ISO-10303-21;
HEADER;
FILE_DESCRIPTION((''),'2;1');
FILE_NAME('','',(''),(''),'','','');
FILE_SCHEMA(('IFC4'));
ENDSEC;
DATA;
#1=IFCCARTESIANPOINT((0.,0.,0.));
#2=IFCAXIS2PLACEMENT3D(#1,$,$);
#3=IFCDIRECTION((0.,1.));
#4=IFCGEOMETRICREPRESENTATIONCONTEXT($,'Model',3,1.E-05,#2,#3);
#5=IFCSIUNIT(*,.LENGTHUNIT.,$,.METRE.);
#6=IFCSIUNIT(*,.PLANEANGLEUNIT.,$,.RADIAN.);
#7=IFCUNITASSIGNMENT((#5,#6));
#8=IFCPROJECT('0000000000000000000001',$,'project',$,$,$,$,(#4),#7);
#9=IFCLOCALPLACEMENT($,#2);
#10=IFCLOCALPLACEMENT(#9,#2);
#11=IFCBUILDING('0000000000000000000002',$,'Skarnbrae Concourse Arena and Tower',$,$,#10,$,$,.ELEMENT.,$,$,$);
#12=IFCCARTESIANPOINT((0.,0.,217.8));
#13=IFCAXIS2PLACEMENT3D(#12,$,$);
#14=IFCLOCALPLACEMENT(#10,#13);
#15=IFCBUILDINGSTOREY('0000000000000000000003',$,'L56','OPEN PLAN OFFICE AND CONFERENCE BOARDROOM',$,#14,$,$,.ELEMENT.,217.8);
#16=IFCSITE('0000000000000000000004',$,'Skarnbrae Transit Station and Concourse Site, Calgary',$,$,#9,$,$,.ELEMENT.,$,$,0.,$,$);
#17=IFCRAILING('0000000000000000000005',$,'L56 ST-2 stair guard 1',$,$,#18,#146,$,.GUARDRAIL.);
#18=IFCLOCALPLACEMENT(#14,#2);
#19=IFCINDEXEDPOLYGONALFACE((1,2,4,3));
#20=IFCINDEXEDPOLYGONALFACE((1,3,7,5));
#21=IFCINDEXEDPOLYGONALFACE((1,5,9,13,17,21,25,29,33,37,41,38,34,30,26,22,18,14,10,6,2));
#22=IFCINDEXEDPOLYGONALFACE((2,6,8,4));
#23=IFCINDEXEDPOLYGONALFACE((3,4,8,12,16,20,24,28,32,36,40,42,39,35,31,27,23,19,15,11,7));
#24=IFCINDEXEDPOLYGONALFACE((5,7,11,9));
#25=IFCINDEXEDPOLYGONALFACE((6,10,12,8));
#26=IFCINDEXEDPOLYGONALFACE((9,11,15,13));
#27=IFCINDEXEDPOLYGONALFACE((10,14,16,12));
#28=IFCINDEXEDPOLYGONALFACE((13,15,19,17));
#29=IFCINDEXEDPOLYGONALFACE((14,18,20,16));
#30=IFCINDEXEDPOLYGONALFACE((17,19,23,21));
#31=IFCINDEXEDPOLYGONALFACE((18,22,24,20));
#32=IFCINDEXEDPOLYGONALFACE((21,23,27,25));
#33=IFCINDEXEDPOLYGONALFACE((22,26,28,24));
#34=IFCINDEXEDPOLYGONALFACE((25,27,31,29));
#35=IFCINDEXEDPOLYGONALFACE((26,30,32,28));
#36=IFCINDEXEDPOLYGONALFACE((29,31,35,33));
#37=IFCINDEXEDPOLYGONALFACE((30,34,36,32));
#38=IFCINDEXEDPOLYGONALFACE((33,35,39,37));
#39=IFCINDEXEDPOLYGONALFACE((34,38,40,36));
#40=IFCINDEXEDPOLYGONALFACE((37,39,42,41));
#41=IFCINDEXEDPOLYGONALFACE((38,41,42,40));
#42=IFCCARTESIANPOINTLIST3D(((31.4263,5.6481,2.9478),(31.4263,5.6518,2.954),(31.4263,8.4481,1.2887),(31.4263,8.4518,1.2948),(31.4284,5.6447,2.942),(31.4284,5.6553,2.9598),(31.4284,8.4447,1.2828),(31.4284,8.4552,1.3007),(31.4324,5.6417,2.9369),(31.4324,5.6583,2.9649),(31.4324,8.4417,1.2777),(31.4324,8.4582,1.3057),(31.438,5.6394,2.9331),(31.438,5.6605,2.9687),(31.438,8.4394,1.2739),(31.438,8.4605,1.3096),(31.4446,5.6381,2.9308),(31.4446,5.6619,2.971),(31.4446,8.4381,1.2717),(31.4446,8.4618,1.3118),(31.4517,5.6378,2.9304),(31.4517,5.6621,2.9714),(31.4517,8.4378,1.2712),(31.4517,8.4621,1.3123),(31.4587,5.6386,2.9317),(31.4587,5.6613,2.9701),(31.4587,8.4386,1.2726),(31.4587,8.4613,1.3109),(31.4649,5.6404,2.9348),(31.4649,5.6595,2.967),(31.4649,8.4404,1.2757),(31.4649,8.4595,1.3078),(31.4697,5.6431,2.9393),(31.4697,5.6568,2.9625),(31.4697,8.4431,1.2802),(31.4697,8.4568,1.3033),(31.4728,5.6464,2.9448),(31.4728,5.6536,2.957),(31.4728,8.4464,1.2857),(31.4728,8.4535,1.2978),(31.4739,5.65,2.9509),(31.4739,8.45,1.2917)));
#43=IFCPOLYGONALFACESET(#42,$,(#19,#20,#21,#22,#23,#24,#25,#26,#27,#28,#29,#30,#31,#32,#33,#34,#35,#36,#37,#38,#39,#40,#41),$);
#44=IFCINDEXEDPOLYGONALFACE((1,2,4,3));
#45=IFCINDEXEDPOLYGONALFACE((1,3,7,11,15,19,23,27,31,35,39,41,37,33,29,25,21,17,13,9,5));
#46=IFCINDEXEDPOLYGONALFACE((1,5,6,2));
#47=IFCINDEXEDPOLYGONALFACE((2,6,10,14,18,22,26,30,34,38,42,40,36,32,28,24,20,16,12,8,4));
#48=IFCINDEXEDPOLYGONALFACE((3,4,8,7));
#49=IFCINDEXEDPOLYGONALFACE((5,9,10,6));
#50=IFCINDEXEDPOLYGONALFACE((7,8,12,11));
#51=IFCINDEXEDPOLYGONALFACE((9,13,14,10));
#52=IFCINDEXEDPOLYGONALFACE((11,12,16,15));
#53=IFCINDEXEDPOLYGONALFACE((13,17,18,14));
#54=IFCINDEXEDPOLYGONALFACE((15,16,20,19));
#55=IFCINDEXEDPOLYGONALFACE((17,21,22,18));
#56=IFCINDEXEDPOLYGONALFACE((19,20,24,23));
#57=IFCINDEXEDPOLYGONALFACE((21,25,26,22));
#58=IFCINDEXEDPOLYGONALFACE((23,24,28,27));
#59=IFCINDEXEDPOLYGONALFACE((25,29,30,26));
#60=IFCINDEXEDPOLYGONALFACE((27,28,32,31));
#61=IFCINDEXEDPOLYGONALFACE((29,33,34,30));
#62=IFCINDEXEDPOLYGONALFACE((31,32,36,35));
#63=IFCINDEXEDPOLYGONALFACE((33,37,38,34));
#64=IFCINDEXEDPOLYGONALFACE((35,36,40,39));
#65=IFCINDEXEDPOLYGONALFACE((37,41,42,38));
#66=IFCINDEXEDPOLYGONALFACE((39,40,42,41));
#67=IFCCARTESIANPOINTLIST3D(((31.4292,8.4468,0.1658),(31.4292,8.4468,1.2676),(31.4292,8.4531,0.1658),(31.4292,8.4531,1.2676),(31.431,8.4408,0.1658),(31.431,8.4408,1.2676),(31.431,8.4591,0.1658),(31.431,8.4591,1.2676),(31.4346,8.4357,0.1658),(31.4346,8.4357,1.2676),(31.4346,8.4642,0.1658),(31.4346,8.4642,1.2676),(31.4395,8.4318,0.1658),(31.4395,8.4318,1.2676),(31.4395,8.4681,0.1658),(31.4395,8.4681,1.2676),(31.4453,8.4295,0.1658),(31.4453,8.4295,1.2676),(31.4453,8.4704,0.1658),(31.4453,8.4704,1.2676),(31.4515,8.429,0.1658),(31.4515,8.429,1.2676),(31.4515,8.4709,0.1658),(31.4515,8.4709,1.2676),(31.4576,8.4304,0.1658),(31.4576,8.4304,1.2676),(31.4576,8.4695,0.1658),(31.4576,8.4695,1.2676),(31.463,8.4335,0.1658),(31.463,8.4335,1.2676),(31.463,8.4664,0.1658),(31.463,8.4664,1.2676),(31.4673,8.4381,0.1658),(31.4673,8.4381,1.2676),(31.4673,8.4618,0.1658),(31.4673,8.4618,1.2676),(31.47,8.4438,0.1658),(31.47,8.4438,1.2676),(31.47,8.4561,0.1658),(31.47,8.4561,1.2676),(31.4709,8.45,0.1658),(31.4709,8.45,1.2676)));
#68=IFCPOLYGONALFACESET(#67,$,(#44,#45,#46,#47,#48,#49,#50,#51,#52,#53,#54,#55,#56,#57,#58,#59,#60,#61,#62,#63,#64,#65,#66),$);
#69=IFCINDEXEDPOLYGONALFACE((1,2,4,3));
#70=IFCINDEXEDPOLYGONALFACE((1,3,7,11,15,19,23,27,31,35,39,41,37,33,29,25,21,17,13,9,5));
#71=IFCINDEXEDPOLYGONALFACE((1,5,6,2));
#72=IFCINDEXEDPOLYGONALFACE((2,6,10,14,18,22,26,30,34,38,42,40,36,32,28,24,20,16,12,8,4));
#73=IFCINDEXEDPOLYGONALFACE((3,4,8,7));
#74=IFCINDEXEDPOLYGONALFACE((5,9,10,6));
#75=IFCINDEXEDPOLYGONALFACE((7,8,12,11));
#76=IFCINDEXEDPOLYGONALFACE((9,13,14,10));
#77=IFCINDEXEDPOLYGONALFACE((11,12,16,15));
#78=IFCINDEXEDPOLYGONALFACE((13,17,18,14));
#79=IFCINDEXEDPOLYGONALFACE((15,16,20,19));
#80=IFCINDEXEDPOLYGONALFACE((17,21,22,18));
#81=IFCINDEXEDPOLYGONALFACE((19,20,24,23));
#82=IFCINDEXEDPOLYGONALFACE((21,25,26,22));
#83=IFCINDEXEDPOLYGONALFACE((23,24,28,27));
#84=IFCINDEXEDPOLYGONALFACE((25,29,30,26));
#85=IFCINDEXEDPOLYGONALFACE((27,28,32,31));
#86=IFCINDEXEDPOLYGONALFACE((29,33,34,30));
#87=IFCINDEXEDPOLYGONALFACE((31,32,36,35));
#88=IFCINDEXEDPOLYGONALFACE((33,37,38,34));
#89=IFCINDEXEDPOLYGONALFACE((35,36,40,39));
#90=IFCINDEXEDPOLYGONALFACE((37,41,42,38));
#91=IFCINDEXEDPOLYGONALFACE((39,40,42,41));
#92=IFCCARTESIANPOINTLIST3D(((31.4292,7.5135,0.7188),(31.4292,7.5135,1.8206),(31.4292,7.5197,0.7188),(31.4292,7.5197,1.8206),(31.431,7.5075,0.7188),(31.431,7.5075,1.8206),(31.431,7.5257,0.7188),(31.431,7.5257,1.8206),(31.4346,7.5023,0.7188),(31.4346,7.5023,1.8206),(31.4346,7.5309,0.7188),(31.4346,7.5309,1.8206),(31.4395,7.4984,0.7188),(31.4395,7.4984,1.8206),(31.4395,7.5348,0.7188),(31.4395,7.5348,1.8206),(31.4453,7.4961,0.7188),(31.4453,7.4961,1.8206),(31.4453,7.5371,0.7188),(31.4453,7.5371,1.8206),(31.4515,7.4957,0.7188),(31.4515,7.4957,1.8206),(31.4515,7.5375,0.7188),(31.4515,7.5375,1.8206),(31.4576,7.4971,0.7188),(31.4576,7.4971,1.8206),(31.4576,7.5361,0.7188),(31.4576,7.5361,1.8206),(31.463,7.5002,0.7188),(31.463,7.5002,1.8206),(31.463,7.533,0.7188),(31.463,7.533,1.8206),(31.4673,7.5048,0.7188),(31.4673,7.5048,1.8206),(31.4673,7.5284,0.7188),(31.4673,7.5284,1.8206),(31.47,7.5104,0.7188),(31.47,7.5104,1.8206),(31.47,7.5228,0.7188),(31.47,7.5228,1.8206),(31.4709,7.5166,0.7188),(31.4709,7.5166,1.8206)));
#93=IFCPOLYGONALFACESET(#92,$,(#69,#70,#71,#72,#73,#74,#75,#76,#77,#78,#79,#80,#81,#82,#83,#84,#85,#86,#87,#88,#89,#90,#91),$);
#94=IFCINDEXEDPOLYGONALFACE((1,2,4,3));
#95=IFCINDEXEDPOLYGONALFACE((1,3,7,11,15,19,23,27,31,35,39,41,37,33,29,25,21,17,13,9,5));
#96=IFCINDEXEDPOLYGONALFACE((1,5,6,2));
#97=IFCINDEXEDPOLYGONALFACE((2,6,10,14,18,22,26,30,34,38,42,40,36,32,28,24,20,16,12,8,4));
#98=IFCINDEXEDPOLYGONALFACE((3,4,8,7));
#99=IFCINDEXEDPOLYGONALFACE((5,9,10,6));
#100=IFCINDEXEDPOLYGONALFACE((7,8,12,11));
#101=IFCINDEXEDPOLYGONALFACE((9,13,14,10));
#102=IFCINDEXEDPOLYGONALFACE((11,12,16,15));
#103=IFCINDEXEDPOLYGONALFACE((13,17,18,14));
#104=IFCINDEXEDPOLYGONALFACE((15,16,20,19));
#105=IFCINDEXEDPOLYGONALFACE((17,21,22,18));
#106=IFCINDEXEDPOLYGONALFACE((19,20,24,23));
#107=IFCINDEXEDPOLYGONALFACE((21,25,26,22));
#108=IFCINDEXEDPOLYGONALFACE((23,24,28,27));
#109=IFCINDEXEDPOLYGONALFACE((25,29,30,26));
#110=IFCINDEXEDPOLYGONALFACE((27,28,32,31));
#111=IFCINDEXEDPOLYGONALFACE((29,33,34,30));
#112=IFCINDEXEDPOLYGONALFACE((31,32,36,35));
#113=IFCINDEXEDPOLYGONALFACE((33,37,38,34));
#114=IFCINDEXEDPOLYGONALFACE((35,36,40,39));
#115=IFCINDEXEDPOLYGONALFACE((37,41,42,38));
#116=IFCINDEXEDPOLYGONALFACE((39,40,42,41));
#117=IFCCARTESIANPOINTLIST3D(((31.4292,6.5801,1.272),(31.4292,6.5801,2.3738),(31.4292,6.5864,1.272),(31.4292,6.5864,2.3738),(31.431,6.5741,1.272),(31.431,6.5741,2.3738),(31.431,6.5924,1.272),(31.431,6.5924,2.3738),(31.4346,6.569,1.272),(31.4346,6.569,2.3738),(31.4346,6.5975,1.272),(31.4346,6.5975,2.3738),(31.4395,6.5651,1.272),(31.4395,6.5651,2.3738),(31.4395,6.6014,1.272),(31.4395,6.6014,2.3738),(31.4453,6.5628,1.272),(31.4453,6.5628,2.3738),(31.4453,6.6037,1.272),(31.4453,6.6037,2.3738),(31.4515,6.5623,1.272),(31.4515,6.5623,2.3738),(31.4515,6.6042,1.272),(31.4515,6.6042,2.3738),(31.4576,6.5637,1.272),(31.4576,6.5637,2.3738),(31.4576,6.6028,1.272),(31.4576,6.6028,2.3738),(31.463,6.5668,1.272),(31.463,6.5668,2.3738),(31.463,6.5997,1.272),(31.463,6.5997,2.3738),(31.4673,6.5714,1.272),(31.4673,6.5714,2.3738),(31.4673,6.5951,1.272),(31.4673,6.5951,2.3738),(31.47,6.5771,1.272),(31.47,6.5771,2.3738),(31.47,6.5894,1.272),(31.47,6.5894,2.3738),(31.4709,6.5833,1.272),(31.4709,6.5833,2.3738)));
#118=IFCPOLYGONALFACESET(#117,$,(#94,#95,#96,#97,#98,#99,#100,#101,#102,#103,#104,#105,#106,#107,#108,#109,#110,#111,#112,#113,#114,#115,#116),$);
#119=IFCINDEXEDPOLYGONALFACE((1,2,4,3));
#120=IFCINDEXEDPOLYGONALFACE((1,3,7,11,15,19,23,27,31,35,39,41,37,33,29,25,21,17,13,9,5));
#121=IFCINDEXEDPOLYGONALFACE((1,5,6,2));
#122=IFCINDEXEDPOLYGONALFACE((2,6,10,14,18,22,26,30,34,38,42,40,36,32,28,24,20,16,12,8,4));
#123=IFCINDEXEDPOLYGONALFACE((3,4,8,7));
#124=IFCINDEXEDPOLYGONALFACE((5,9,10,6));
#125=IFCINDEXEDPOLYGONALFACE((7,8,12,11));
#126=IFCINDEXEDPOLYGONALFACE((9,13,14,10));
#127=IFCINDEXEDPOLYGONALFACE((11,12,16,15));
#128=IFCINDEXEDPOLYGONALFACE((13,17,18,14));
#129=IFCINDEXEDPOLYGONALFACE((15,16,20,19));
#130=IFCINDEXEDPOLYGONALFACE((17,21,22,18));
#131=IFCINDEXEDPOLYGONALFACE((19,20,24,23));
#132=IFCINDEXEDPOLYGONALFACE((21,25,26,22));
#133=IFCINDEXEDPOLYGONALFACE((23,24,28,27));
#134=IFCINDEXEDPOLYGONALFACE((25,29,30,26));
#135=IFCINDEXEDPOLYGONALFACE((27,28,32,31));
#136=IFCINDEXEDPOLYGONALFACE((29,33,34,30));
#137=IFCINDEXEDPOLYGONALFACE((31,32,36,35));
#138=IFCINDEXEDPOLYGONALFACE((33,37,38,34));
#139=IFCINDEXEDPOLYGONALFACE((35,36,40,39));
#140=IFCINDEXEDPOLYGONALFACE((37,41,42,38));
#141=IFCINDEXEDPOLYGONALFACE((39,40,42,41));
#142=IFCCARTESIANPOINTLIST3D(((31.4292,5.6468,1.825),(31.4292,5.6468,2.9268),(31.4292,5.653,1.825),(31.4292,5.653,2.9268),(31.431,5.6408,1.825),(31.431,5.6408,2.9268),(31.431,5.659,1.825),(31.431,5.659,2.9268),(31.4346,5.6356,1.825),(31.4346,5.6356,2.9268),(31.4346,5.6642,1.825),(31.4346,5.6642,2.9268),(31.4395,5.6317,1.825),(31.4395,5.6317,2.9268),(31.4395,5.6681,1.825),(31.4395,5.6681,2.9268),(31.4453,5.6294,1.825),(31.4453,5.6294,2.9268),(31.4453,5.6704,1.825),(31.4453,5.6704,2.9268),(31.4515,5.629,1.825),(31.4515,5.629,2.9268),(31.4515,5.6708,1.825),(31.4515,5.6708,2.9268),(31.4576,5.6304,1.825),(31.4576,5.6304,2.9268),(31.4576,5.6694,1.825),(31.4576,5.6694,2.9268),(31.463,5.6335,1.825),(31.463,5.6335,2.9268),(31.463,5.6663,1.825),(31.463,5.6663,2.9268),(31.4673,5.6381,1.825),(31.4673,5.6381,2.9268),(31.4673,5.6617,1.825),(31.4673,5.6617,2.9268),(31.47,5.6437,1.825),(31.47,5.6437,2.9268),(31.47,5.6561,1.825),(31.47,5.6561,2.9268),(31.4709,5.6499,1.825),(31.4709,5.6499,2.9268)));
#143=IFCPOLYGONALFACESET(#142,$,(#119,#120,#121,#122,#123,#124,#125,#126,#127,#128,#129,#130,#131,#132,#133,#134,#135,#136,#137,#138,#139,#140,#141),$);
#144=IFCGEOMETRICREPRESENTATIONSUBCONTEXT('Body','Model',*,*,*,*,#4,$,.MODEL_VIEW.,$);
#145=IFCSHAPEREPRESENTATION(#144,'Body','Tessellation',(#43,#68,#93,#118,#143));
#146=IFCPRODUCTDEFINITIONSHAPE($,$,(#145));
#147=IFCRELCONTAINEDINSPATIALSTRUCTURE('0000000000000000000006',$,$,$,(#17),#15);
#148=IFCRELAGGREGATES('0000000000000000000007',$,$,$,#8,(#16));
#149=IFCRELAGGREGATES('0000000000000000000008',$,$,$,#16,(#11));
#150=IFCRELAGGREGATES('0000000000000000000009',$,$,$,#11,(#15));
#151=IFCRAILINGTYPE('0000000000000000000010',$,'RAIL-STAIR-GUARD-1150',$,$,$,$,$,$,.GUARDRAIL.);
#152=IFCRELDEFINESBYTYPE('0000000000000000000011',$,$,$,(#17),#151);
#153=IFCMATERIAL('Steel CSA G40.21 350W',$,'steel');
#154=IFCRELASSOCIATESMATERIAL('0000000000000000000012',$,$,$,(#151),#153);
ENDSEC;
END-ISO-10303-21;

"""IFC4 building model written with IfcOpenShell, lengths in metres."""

from ifc_helpers import new_model, si_unit, direction, frame, origin, origin_2d, place, context, subcontext, project, spatial, circle, extrude, material, type_object, element, save


model = new_model("IFC4")

# Units and contexts
model_context = context("Model", 3, precision=1e-05, world=origin(), true_north=direction((0.0, 1.0)))
body_context = subcontext(model_context, "Body", "Model", "MODEL_VIEW")
ifc_project = project(units=[si_unit("LENGTHUNIT", "METRE"), si_unit("PLANEANGLEUNIT", "RADIAN")], contexts=[model_context])

# Site, building, storey
site_placement = place(None, origin())
site = spatial("IfcSite", under=ifc_project, at=site_placement, Name="Skarnbrae Transit Station and Concourse Site, Calgary", CompositionType="ELEMENT", RefElevation=0.0)
building_placement = place(site_placement, origin())
building = spatial("IfcBuilding", under=site, at=building_placement, Name="Skarnbrae Concourse Arena and Tower", CompositionType="ELEMENT")
storey_placement = place(building_placement, frame((0.0, 0.0, 217.8)))
storey = spatial("IfcBuildingStorey", under=building, at=storey_placement, Name="L56", Description="OPEN PLAN OFFICE AND CONFERENCE BOARDROOM", CompositionType="ELEMENT", Elevation=217.8)

# Shared definitions
ifc_material_1 = material(Name="Steel CSA G40.21 350W", Category="steel")

# Railing
railing_type = type_object("IfcRailingType", Name="RAIL-STAIR-GUARD-1150", PredefinedType="GUARDRAIL", material=ifc_material_1)
railing_1_placement = place(storey_placement, frame((31.45, 8.45, 0.1658)))
element("IfcRailing", 1, at=railing_1_placement, inside=storey, type_object=railing_type, Name="L56 ST-2 stair guard 1", PredefinedType="GUARDRAIL", context=body_context, shape_type="SweptSolid", body=[
    extrude(circle(Radius=0.0239, at=origin_2d()), frame((0.0, 0.0, 1.126), z_axis=(0.0, -0.860306, 0.509778), x_axis=(1.0, 0.0, 0.0)), (0.0, 0.0, 1.0), 3.2546),
    extrude(circle(Radius=0.021, at=origin_2d()), origin(), (0.0, 0.0, 1.0), 1.1018),
    extrude(circle(Radius=0.021, at=origin_2d()), frame((0.0, -0.9333, 0.553)), (0.0, 0.0, 1.0), 1.1018),
    extrude(circle(Radius=0.021, at=origin_2d()), frame((0.0, -1.8667, 1.1062)), (0.0, 0.0, 1.0), 1.1018),
    extrude(circle(Radius=0.021, at=origin_2d()), frame((0.0, -2.8, 1.6592)), (0.0, 0.0, 1.0), 1.1018),
])

save(model, "model.ifc")
